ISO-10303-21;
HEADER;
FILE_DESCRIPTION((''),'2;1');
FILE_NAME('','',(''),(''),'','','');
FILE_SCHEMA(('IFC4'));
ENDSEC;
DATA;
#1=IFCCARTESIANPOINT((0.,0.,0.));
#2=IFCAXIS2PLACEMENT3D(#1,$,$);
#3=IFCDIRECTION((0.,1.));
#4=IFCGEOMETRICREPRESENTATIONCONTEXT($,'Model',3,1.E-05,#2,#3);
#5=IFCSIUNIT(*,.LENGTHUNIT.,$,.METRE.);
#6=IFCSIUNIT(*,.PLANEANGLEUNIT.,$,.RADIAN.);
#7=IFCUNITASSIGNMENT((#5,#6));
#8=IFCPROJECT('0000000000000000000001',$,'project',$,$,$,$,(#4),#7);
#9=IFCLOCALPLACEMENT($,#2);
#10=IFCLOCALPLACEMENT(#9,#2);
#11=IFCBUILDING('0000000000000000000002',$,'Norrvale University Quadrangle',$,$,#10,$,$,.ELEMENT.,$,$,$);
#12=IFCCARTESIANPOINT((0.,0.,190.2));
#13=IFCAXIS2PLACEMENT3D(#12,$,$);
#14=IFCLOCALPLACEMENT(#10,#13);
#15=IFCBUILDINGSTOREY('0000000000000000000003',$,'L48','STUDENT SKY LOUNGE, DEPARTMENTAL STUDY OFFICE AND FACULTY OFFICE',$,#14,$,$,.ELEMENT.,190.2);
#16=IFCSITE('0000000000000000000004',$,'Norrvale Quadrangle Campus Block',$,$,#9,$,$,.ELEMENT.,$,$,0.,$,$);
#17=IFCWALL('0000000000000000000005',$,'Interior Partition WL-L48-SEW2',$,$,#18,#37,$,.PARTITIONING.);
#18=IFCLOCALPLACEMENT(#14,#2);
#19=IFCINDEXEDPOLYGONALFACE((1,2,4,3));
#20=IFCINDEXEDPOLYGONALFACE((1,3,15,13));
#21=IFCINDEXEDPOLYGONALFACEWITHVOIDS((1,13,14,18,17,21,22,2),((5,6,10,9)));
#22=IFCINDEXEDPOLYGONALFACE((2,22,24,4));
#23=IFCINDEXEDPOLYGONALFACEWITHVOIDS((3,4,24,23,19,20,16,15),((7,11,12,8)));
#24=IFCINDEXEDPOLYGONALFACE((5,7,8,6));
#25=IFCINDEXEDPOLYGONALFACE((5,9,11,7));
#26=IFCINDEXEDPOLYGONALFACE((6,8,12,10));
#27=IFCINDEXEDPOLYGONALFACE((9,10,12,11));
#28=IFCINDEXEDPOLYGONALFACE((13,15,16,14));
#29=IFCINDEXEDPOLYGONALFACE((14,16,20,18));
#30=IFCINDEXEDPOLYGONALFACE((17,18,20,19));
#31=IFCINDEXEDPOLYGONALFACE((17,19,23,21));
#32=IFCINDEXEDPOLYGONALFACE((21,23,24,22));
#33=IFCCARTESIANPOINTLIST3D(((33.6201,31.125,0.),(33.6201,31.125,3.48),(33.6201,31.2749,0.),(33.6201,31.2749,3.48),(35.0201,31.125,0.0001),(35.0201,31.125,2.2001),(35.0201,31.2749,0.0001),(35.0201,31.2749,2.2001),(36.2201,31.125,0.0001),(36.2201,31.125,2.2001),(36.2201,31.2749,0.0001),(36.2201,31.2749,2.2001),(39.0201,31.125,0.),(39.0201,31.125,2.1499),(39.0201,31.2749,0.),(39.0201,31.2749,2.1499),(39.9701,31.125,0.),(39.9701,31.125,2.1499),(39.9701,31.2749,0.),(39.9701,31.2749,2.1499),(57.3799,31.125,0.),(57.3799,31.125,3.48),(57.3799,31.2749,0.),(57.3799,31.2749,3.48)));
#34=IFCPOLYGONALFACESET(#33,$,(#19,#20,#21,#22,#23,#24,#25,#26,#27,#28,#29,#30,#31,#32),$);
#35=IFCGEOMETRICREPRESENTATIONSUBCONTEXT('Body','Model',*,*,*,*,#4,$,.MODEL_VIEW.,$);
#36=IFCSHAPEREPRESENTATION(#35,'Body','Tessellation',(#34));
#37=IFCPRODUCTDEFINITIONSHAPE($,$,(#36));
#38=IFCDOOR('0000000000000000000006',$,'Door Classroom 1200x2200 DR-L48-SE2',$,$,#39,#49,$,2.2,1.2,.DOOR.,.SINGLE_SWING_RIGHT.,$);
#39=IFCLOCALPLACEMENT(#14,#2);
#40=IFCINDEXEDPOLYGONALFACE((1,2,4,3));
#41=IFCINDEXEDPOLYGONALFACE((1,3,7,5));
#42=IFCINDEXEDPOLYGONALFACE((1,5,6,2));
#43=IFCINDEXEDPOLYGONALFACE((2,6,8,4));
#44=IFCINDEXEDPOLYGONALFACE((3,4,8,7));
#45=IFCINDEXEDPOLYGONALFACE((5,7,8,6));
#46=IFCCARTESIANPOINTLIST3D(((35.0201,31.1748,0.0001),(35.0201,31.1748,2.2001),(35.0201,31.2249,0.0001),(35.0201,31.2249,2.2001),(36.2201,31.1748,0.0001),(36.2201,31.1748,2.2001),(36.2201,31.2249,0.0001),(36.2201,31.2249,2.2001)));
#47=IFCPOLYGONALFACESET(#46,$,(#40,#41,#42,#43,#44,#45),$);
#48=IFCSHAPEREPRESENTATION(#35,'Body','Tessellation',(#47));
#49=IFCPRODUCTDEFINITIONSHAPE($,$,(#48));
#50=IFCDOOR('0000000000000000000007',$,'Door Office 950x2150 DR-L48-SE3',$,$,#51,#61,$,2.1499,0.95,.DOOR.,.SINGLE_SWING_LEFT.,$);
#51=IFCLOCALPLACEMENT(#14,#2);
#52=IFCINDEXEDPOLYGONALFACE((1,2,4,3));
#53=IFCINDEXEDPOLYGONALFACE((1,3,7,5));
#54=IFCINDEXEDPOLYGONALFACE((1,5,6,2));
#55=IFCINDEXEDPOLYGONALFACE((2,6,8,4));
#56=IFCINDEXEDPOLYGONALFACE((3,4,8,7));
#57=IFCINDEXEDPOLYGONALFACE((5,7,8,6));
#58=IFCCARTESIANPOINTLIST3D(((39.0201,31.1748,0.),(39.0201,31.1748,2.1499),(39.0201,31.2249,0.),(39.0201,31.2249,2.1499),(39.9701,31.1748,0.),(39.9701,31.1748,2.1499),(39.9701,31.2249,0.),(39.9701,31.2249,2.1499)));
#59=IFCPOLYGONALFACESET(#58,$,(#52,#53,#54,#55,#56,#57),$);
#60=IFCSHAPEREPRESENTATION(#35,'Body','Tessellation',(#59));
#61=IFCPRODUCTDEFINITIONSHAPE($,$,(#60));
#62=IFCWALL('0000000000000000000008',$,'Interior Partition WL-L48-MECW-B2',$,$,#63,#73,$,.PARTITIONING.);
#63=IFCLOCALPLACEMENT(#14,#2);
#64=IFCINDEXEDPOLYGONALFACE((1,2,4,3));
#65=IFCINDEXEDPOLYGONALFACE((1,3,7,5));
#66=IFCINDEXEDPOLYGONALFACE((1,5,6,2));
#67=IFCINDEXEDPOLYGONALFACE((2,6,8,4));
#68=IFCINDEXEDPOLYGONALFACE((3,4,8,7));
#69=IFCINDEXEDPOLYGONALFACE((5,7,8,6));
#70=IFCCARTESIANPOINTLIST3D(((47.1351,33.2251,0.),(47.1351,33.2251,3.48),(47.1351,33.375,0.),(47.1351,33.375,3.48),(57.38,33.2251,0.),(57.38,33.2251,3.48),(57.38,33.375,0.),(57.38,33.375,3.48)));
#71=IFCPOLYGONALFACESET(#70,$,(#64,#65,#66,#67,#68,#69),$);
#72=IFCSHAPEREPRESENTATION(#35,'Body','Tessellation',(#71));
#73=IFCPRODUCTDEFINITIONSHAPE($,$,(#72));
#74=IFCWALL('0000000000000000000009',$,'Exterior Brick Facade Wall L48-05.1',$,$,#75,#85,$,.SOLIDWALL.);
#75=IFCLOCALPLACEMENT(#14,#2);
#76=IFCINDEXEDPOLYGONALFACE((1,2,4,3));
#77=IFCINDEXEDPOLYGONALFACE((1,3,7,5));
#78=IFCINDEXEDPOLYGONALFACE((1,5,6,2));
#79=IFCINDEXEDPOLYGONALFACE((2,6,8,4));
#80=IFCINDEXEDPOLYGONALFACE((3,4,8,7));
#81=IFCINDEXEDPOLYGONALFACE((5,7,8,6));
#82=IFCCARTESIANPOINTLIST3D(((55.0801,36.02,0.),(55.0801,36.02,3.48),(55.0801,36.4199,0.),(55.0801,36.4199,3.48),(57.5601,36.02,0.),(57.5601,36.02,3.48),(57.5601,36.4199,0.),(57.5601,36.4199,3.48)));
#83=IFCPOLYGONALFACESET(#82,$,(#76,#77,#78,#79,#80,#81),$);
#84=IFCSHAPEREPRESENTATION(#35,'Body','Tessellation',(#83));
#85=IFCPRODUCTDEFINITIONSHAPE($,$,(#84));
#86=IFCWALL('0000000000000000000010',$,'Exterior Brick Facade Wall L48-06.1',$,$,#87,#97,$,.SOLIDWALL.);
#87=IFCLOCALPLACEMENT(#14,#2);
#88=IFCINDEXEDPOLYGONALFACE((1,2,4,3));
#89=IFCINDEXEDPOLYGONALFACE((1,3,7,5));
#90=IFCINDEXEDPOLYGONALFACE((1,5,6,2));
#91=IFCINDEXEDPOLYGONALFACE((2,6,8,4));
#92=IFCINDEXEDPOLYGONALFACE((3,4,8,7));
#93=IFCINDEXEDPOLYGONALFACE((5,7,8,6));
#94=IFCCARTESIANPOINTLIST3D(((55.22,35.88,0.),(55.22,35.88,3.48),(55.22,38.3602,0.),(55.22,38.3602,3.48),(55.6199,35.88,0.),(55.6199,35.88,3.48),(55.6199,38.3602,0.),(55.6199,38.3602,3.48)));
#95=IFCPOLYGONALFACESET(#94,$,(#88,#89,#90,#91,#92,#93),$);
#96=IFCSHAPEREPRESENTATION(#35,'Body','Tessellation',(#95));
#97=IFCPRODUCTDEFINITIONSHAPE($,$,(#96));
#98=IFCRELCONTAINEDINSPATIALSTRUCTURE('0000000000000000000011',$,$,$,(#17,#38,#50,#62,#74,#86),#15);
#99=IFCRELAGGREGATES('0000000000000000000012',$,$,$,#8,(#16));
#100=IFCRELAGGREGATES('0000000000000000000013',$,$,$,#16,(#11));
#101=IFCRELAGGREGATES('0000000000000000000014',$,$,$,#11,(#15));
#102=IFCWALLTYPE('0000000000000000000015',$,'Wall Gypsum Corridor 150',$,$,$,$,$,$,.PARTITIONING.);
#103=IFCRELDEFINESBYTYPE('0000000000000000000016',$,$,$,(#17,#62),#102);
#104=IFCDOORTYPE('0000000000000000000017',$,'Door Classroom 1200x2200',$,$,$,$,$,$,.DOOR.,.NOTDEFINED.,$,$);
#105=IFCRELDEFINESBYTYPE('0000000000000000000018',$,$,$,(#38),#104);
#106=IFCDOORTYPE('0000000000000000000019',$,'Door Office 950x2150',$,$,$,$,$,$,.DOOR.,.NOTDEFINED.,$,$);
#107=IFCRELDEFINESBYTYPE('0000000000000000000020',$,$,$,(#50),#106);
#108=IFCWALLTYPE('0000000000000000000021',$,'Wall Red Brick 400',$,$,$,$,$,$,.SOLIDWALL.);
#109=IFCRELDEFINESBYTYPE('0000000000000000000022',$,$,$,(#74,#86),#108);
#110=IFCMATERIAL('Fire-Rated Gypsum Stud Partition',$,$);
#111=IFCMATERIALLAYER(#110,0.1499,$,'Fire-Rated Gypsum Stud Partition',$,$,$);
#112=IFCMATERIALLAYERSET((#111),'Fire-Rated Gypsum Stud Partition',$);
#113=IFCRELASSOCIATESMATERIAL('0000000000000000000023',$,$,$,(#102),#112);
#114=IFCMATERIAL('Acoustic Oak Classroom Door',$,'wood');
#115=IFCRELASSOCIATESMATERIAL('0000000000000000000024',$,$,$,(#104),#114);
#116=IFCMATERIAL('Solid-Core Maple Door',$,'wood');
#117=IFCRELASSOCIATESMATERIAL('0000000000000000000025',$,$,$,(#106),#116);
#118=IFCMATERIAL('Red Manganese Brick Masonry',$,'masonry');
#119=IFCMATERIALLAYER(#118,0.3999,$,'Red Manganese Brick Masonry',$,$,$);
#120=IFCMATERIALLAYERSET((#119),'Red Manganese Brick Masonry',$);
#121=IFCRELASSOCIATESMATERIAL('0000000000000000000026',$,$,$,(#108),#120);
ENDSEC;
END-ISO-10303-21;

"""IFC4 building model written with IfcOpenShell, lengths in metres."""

from ifc_helpers import new_model, si_unit, direction, frame, frame_2d, origin, place, context, subcontext, project, spatial, rectangle, extrude, material, layer, layer_set, type_object, element, fill, save


model = new_model("IFC4")

# Units and contexts
model_context = context("Model", 3, precision=1e-05, world=origin(), true_north=direction((0.0, 1.0)))
body_context = subcontext(model_context, "Body", "Model", "MODEL_VIEW")
ifc_project = project(units=[si_unit("LENGTHUNIT", "METRE"), si_unit("PLANEANGLEUNIT", "RADIAN")], contexts=[model_context])

# Site, building, storey
site_placement = place(None, origin())
site = spatial("IfcSite", under=ifc_project, at=site_placement, Name="Norrvale Quadrangle Campus Block", CompositionType="ELEMENT", RefElevation=0.0)
building_placement = place(site_placement, origin())
building = spatial("IfcBuilding", under=site, at=building_placement, Name="Norrvale University Quadrangle", CompositionType="ELEMENT")
storey_placement = place(building_placement, frame((0.0, 0.0, 190.2)))
storey = spatial("IfcBuildingStorey", under=building, at=storey_placement, Name="L48", Description="STUDENT SKY LOUNGE, DEPARTMENTAL STUDY OFFICE AND FACULTY OFFICE", CompositionType="ELEMENT", Elevation=190.2)

# Shared definitions
ifc_material_1 = material(Name="Fire-Rated Gypsum Stud Partition")
ifc_layer_1 = layer(ifc_material_1, 0.1499, Name="Fire-Rated Gypsum Stud Partition")
ifc_layer_set_1 = layer_set([ifc_layer_1], Name="Fire-Rated Gypsum Stud Partition")
wall_type_1 = type_object("IfcWallType", Name="Wall Gypsum Corridor 150", PredefinedType="PARTITIONING", material=ifc_layer_set_1)

# Wall, openings, doors
wall_1_placement = place(storey_placement, frame((33.6201, 31.2, 0.0), z_axis=(0.0, 0.0, 1.0), x_axis=(1.0, 0.0, 0.0)))
wall_1 = element("IfcWall", 1, at=wall_1_placement, inside=storey, type_object=wall_type_1, Name="Interior Partition WL-L48-SEW2", PredefinedType="PARTITIONING", context=body_context, shape_type="SweptSolid", body=[
    extrude(rectangle(XDim=23.7598, YDim=0.1499, at=frame_2d((11.8799, 0.0))), origin(), (0.0, 0.0, 1.0), 3.48),
])
opening_1_placement = place(wall_1_placement, frame((1.3999, 0.0, 0.0)))
opening_1 = element("IfcOpeningElement", 2, at=opening_1_placement, cuts=wall_1, PredefinedType="OPENING", context=body_context, shape_type="SweptSolid", body=[
    extrude(rectangle(XDim=1.2, YDim=2.2, at=frame_2d((0.6001, 1.1001))), frame((0.0, 0.0869, 0.0), z_axis=(0.0, -1.0, 0.0), x_axis=(1.0, 0.0, 0.0)), (0.0, 0.0, 1.0), 0.1738),
])
opening_2_placement = place(wall_1_placement, frame((5.3999, 0.0, 0.0)))
opening_2 = element("IfcOpeningElement", 3, at=opening_2_placement, cuts=wall_1, PredefinedType="OPENING", context=body_context, shape_type="SweptSolid", body=[
    extrude(rectangle(XDim=0.95, YDim=2.1499, at=frame_2d((0.4751, 1.075))), frame((0.0, 0.0869, 0.0), z_axis=(0.0, -1.0, 0.0), x_axis=(1.0, 0.0, 0.0)), (0.0, 0.0, 1.0), 0.1738),
])
ifc_material_2 = material(Name="Acoustic Oak Classroom Door", Category="wood")
door_type_1 = type_object("IfcDoorType", Name="Door Classroom 1200x2200", OperationType="NOTDEFINED", PredefinedType="DOOR", material=ifc_material_2)
door_1_placement = place(opening_1_placement, origin())
door_1 = element("IfcDoor", 4, at=door_1_placement, inside=storey, type_object=door_type_1, Name="Door Classroom 1200x2200 DR-L48-SE2", OperationType="SINGLE_SWING_RIGHT", OverallHeight=2.2, OverallWidth=1.2, PredefinedType="DOOR", context=body_context, shape_type="SweptSolid", body=[
    extrude(rectangle(XDim=1.2, YDim=2.2, at=frame_2d((0.6001, 1.1001))), frame((0.0, 0.0249, 0.0), z_axis=(0.0, -1.0, 0.0), x_axis=(1.0, 0.0, 0.0)), (0.0, 0.0, 1.0), 0.05),
])
fill(opening_1, door_1)
ifc_material_3 = material(Name="Solid-Core Maple Door", Category="wood")
door_type_2 = type_object("IfcDoorType", Name="Door Office 950x2150", OperationType="NOTDEFINED", PredefinedType="DOOR", material=ifc_material_3)
door_2_placement = place(opening_2_placement, origin())
door_2 = element("IfcDoor", 5, at=door_2_placement, inside=storey, type_object=door_type_2, Name="Door Office 950x2150 DR-L48-SE3", OperationType="SINGLE_SWING_LEFT", OverallHeight=2.1499, OverallWidth=0.95, PredefinedType="DOOR", context=body_context, shape_type="SweptSolid", body=[
    extrude(rectangle(XDim=0.95, YDim=2.1499, at=frame_2d((0.4751, 1.075))), frame((0.0, 0.0249, 0.0), z_axis=(0.0, -1.0, 0.0), x_axis=(1.0, 0.0, 0.0)), (0.0, 0.0, 1.0), 0.05),
])
fill(opening_2, door_2)

# Walls
wall_2_placement = place(storey_placement, frame((47.135, 33.3, 0.0), z_axis=(0.0, 0.0, 1.0), x_axis=(1.0, 0.0, 0.0)))
element("IfcWall", 6, at=wall_2_placement, inside=storey, type_object=wall_type_1, Name="Interior Partition WL-L48-MECW-B2", PredefinedType="PARTITIONING", context=body_context, shape_type="SweptSolid", body=[
    extrude(rectangle(XDim=10.2449, YDim=0.1499, at=frame_2d((5.1226, 0.0))), origin(), (0.0, 0.0, 1.0), 3.48),
])
ifc_material_4 = material(Name="Red Manganese Brick Masonry", Category="masonry")
ifc_layer_2 = layer(ifc_material_4, 0.3999, Name="Red Manganese Brick Masonry")
ifc_layer_set_2 = layer_set([ifc_layer_2], Name="Red Manganese Brick Masonry")
wall_type_2 = type_object("IfcWallType", Name="Wall Red Brick 400", PredefinedType="SOLIDWALL", material=ifc_layer_set_2)
wall_3_placement = place(storey_placement, frame((57.5601, 36.22, 0.0), z_axis=(0.0, 0.0, 1.0), x_axis=(-1.0, 0.0, 0.0)))
element("IfcWall", 7, at=wall_3_placement, inside=storey, type_object=wall_type_2, Name="Exterior Brick Facade Wall L48-05.1", PredefinedType="SOLIDWALL", context=body_context, shape_type="SweptSolid", body=[
    extrude(rectangle(XDim=2.48, YDim=0.3999, at=frame_2d((1.24, 0.0))), origin(), (0.0, 0.0, 1.0), 3.48),
])
wall_4_placement = place(storey_placement, frame((55.4199, 35.8799, 0.0), z_axis=(0.0, 0.0, 1.0), x_axis=(0.0, 1.0, 0.0)))
element("IfcWall", 8, at=wall_4_placement, inside=storey, type_object=wall_type_2, Name="Exterior Brick Facade Wall L48-06.1", PredefinedType="SOLIDWALL", context=body_context, shape_type="SweptSolid", body=[
    extrude(rectangle(XDim=2.4802, YDim=0.3999, at=frame_2d((1.2402, 0.0))), origin(), (0.0, 0.0, 1.0), 3.48),
])

save(model, "model.ifc")
